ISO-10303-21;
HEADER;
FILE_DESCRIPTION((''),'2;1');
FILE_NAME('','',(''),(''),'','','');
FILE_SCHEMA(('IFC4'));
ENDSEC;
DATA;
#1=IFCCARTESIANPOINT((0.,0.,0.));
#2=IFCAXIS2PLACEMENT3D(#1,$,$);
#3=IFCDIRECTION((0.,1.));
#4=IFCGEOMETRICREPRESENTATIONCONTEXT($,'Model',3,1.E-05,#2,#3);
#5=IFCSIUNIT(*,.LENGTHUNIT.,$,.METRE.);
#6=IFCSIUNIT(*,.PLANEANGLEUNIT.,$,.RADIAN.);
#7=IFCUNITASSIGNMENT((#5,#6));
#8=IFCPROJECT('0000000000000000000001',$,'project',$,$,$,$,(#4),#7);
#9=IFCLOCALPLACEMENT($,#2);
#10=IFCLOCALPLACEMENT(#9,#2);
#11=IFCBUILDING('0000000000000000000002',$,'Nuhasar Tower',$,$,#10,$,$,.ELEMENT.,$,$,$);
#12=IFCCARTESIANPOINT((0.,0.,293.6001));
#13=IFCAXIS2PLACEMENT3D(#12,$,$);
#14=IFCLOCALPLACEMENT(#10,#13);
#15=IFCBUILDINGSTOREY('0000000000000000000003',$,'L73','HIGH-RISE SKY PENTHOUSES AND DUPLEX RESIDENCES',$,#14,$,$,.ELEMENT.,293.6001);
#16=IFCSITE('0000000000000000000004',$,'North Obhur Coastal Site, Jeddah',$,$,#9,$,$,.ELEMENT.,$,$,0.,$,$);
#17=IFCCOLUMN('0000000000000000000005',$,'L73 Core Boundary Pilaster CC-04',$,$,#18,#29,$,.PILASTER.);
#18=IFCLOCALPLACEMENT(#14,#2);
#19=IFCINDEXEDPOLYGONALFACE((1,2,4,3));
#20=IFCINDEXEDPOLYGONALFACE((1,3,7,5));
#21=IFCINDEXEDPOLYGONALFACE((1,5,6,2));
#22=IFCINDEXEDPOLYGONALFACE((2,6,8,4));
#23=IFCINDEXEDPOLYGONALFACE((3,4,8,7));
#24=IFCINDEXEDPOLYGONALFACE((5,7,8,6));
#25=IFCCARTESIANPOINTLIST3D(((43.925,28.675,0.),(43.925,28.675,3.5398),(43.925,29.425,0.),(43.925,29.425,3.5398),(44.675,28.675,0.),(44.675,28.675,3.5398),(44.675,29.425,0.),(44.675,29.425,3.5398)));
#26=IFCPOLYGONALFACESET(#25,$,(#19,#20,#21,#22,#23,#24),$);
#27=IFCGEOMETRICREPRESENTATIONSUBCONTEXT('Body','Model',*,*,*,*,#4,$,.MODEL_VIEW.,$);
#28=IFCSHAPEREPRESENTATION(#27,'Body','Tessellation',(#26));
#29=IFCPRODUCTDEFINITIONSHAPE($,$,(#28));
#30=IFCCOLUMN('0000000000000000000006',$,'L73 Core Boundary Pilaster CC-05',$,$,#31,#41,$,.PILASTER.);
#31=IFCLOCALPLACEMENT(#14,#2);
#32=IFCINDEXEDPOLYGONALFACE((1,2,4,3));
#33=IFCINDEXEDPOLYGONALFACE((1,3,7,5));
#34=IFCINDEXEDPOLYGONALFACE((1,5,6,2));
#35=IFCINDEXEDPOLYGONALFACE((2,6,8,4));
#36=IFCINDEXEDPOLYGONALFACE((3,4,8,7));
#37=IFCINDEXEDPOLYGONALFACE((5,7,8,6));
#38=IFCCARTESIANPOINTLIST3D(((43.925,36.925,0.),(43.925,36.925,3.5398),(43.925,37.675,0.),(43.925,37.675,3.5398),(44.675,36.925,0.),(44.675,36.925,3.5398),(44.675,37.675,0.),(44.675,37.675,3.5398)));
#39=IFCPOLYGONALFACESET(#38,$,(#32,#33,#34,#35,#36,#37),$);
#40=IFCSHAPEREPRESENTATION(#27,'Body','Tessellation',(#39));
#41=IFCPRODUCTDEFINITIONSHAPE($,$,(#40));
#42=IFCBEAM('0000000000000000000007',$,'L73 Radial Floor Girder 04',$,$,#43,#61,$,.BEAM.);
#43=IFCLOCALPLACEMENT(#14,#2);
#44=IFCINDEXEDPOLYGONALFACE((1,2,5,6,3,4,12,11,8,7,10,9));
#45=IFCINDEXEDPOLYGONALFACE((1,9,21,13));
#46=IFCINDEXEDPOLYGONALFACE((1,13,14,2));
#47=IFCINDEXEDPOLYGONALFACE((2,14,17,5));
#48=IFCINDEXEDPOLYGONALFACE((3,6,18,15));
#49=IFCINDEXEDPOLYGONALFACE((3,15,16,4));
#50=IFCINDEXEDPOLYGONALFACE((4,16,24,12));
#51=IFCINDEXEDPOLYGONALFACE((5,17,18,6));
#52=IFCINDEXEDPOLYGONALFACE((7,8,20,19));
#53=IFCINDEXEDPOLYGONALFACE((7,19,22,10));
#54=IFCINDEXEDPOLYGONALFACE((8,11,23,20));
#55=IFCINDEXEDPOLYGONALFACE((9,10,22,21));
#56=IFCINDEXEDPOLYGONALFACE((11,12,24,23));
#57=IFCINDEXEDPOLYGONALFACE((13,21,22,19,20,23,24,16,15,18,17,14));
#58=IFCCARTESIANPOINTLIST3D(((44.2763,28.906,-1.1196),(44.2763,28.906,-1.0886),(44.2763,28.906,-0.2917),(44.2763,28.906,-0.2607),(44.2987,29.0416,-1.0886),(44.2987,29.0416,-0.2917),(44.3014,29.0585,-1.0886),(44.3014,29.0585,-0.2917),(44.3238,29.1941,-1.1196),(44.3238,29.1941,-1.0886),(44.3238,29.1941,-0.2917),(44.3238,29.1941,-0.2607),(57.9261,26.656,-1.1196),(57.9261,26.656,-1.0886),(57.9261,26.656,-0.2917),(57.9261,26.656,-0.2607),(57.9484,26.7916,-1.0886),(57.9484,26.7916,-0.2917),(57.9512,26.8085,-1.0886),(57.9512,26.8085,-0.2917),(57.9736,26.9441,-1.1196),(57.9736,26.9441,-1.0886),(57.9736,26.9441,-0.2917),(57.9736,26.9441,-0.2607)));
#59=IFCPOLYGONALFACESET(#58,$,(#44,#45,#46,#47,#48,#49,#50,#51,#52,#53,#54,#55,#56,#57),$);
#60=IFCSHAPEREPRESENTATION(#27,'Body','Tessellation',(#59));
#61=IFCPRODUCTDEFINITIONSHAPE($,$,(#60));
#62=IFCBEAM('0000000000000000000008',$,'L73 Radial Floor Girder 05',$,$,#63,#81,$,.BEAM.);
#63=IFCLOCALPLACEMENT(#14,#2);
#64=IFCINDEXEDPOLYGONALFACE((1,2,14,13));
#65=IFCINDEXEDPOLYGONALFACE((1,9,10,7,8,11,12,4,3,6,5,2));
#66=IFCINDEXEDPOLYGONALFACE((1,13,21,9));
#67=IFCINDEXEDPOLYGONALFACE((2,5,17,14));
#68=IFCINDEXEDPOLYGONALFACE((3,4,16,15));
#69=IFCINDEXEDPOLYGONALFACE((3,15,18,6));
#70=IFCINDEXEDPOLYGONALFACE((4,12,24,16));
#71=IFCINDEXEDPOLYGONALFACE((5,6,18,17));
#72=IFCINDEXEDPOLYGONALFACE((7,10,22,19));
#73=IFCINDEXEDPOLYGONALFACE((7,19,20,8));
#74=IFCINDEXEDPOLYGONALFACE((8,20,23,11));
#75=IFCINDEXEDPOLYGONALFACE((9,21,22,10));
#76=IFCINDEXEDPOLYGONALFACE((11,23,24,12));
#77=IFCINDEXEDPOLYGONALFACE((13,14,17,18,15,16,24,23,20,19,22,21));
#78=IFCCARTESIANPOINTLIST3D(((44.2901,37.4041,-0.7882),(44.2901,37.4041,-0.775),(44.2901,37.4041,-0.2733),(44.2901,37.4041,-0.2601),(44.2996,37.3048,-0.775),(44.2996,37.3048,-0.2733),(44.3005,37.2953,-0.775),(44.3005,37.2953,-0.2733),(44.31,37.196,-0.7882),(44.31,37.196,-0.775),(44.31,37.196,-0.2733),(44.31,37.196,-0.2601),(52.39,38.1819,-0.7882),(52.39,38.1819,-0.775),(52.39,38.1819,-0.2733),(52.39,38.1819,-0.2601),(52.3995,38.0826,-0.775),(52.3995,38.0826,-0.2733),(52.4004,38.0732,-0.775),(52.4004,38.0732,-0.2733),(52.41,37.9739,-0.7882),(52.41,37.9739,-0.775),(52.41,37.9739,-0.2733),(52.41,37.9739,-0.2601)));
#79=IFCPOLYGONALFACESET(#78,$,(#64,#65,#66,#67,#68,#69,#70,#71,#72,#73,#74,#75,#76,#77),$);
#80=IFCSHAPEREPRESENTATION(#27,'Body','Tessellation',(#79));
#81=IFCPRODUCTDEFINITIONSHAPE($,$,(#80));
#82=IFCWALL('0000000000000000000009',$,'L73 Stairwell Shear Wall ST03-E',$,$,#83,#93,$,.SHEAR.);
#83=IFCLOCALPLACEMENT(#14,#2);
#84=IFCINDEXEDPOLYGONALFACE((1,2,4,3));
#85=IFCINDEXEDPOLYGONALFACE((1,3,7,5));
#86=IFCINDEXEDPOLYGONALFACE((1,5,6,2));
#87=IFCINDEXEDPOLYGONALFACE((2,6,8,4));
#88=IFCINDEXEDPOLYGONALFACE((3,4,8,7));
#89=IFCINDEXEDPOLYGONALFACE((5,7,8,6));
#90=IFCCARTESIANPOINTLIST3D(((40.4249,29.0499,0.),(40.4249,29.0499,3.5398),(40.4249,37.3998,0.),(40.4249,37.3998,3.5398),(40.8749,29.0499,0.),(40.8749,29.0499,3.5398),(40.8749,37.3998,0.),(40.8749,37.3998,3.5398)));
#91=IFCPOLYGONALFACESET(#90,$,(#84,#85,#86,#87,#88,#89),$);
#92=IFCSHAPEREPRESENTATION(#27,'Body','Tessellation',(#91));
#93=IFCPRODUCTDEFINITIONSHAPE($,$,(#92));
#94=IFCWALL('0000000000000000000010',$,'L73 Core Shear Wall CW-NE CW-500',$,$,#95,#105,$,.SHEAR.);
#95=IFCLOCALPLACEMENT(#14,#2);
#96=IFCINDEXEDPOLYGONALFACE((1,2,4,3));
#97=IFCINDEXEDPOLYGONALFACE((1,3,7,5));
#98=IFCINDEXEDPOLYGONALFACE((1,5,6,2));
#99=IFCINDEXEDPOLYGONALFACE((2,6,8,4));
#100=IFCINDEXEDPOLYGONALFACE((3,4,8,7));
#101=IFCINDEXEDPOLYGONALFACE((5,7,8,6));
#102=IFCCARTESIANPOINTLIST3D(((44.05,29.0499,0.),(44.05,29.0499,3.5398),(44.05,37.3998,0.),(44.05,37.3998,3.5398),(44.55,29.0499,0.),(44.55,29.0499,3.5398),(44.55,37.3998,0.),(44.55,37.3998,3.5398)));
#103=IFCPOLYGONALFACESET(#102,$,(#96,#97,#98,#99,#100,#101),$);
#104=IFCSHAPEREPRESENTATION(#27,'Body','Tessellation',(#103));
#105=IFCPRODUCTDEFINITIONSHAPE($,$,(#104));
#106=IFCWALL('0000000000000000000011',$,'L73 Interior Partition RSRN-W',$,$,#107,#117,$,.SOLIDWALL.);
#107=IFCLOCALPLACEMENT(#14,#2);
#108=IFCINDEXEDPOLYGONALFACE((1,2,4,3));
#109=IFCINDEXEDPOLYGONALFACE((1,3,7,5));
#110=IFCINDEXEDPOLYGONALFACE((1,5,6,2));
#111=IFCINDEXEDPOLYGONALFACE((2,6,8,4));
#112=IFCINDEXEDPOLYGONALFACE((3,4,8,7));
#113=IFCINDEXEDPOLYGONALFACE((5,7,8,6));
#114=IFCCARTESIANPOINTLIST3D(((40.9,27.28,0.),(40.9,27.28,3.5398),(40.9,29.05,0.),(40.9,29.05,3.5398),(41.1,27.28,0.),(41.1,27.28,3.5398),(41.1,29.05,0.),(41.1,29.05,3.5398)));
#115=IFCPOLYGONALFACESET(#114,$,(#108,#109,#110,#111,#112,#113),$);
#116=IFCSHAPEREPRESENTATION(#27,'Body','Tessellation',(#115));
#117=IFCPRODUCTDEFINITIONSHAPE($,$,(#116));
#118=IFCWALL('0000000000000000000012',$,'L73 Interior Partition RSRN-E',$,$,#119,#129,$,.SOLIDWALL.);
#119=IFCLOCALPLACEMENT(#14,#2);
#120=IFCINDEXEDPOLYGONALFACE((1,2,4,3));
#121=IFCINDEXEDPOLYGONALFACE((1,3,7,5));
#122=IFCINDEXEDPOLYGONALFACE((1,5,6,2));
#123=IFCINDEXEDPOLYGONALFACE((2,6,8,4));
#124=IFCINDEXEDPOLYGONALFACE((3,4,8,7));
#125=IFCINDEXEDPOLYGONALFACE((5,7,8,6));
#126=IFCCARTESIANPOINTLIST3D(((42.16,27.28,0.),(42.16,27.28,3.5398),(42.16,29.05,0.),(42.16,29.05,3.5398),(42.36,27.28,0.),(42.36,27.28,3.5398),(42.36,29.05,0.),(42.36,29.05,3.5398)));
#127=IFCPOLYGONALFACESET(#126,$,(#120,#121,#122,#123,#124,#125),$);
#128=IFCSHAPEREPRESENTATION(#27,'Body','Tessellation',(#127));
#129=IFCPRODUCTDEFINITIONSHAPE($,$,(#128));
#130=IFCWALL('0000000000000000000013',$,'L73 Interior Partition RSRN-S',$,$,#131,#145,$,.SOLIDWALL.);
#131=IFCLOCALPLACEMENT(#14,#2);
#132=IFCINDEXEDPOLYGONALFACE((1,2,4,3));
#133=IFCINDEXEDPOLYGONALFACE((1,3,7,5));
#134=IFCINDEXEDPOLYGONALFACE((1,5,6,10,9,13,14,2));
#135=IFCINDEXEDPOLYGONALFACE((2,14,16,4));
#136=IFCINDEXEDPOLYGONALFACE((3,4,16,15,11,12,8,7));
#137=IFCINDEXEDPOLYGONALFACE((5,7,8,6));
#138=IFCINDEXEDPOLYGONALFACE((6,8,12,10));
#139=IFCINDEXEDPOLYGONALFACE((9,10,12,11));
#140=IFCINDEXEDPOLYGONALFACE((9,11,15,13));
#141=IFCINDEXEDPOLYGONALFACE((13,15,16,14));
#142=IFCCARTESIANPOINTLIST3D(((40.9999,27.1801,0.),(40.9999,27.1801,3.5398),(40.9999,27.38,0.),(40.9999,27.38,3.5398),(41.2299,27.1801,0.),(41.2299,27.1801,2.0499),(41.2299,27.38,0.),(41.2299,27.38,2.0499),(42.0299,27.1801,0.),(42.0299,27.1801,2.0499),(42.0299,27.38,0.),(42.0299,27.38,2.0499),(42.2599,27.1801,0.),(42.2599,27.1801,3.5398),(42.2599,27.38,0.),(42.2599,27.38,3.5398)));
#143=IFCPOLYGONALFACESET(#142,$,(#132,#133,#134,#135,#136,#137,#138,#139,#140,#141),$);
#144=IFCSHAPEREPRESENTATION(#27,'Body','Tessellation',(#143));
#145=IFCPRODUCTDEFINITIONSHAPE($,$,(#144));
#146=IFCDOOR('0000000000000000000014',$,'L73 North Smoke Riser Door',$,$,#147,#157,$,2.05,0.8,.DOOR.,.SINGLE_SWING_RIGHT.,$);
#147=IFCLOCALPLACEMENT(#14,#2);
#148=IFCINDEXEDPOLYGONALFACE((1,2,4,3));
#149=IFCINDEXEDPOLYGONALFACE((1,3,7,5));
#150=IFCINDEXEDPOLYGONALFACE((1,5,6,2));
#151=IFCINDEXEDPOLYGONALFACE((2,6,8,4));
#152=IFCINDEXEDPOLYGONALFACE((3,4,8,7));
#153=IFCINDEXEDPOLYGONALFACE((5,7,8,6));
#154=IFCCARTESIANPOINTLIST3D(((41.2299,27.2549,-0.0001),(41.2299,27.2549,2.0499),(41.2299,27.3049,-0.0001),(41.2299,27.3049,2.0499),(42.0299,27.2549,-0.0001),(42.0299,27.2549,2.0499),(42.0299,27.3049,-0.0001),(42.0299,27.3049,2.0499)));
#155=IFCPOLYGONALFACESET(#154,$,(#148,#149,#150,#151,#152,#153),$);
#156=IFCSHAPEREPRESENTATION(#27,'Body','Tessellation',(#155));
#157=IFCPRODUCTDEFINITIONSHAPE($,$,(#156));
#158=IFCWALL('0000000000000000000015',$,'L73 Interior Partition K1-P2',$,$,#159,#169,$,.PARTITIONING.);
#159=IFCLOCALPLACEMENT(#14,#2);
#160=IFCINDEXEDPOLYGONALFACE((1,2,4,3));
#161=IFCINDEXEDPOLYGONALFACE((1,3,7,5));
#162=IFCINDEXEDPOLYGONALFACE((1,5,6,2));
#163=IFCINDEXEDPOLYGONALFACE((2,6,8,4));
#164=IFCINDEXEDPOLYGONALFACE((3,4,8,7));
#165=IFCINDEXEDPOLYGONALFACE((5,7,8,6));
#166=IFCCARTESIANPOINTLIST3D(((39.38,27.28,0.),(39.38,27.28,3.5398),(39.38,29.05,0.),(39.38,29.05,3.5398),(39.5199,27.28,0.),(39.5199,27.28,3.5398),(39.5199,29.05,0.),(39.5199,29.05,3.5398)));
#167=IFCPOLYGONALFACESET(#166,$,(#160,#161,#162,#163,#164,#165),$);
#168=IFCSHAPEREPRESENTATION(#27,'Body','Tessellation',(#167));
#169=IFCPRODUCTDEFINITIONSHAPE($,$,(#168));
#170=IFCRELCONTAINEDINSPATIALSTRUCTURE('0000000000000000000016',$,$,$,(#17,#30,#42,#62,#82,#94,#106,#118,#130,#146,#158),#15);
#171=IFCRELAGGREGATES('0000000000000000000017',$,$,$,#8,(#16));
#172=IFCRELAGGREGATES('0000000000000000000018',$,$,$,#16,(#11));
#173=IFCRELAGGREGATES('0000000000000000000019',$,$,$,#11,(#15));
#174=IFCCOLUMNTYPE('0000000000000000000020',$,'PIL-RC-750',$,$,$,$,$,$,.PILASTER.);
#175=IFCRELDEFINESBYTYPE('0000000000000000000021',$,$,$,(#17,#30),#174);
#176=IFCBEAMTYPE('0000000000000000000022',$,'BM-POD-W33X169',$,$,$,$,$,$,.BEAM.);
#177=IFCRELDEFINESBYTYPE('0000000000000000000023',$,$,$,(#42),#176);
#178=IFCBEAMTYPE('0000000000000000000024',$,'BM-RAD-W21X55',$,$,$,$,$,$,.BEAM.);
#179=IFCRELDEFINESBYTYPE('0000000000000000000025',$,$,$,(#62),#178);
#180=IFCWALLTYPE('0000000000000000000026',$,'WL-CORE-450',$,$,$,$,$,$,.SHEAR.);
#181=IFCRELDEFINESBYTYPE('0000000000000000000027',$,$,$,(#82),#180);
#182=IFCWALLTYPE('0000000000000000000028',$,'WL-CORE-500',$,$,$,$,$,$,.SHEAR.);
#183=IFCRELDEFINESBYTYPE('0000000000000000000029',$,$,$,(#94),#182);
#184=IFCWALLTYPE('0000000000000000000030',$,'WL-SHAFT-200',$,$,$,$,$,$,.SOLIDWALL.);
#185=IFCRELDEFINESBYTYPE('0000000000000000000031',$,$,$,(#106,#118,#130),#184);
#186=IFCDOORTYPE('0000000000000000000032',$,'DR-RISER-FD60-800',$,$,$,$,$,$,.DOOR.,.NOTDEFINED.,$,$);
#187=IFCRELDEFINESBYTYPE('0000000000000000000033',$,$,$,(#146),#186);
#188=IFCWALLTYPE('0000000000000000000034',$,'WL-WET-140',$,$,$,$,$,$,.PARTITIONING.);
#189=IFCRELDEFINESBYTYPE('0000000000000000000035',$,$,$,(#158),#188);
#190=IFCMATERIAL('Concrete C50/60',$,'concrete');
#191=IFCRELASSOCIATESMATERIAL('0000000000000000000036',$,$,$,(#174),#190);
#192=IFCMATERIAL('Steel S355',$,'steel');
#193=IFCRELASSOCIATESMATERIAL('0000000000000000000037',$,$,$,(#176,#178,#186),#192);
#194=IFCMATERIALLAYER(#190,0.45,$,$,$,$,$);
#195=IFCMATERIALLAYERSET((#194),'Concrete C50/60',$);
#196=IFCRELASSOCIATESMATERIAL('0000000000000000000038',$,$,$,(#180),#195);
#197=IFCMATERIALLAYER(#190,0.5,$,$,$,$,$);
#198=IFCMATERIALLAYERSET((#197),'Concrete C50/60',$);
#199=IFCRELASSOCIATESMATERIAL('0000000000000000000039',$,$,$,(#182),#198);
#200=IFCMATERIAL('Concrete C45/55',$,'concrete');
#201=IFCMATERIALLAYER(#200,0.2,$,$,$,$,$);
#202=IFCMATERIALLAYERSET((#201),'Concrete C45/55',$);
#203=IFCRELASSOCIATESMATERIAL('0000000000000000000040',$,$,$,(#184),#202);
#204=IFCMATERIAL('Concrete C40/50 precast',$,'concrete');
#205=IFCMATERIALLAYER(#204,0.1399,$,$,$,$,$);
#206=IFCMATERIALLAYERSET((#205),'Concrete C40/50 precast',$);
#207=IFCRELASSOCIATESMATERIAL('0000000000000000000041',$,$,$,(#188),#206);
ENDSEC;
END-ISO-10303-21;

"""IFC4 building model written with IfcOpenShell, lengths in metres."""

from ifc_helpers import new_model, si_unit, direction, frame, frame_2d, origin, origin_2d, place, context, subcontext, project, spatial, rectangle, i_section, extrude, material, layer, layer_set, material_profile, profile_set, type_object, element, fill, save


model = new_model("IFC4")

# Units and contexts
model_context = context("Model", 3, precision=1e-05, world=origin(), true_north=direction((0.0, 1.0)))
body_context = subcontext(model_context, "Body", "Model", "MODEL_VIEW")
ifc_project = project(units=[si_unit("LENGTHUNIT", "METRE"), si_unit("PLANEANGLEUNIT", "RADIAN")], contexts=[model_context])

# Site, building, storey
site_placement = place(None, origin())
site = spatial("IfcSite", under=ifc_project, at=site_placement, Name="North Obhur Coastal Site, Jeddah", CompositionType="ELEMENT", RefElevation=0.0)
building_placement = place(site_placement, origin())
building = spatial("IfcBuilding", under=site, at=building_placement, Name="Nuhasar Tower", CompositionType="ELEMENT")
storey_placement = place(building_placement, frame((0.0, 0.0, 293.6001)))
storey = spatial("IfcBuildingStorey", under=building, at=storey_placement, Name="L73", Description="HIGH-RISE SKY PENTHOUSES AND DUPLEX RESIDENCES", CompositionType="ELEMENT", Elevation=293.6001)

# Columns
ifc_material_1 = material(Name="Concrete C50/60", Category="concrete")
ifc_material_profile_1 = material_profile(ifc_material_1, rectangle(XDim=0.75, YDim=0.75, at=origin_2d()), Name="RC750X750")
ifc_profile_set_1 = profile_set([ifc_material_profile_1], Name="Concrete C50/60")
column_type = type_object("IfcColumnType", Name="PIL-RC-750", PredefinedType="PILASTER", material=ifc_profile_set_1)
for number, where, z_axis, x_axis, name in (
    (1, (44.3, 29.05, 0.0), (0.0, 0.0, 1.0), (1.0, 0.0, 0.0), "L73 Core Boundary Pilaster CC-04"),
    (2, (44.3, 37.3, 0.0), (0.0, 0.0, 1.0), (1.0, 0.0, 0.0), "L73 Core Boundary Pilaster CC-05"),
):
    element("IfcColumn", number, at=place(storey_placement, frame(where, z_axis=z_axis, x_axis=x_axis)), inside=storey, type_object=column_type, Name=name, PredefinedType="PILASTER", context=body_context, shape_type="SweptSolid", body=[
        extrude(rectangle(XDim=0.75, YDim=0.75, at=origin_2d()), origin(), (0.0, 0.0, 1.0), 3.5398),
    ])

# Beams
ifc_material_2 = material(Name="Steel S355", Category="steel")
ifc_material_profile_2 = material_profile(ifc_material_2, i_section(OverallWidth=0.292, OverallDepth=0.8589, WebThickness=0.0171, FlangeThickness=0.031, at=origin_2d()), Name="W33X169")
ifc_profile_set_2 = profile_set([ifc_material_profile_2], Name="Steel S355")
beam_type_1 = type_object("IfcBeamType", Name="BM-POD-W33X169", PredefinedType="BEAM", material=ifc_profile_set_2)
beam_1_placement = place(storey_placement, frame((44.3, 29.05, -0.6902), z_axis=(0.986685, -0.162642, 0.0), x_axis=(0.162642, 0.986685, 0.0)))
element("IfcBeam", 3, at=beam_1_placement, inside=storey, type_object=beam_type_1, Name="L73 Radial Floor Girder 04", PredefinedType="BEAM", context=body_context, shape_type="SweptSolid", body=[
    extrude(i_section(OverallWidth=0.292, OverallDepth=0.8589, WebThickness=0.0171, FlangeThickness=0.031, at=origin_2d()), origin(), (0.0, 0.0, 1.0), 13.834),
])
ifc_material_profile_3 = material_profile(ifc_material_2, i_section(OverallWidth=0.209, OverallDepth=0.5281, WebThickness=0.0095, FlangeThickness=0.0132, at=origin_2d()), Name="W21X55")
ifc_profile_set_3 = profile_set([ifc_material_profile_3], Name="Steel S355")
beam_type_2 = type_object("IfcBeamType", Name="BM-RAD-W21X55", PredefinedType="BEAM", material=ifc_profile_set_3)
beam_2_placement = place(storey_placement, frame((44.3, 37.3, -0.5242), z_axis=(0.995421, 0.095591, 0.0), x_axis=(-0.095591, 0.995421, 0.0)))
element("IfcBeam", 4, at=beam_2_placement, inside=storey, type_object=beam_type_2, Name="L73 Radial Floor Girder 05", PredefinedType="BEAM", context=body_context, shape_type="SweptSolid", body=[
    extrude(i_section(OverallWidth=0.209, OverallDepth=0.5281, WebThickness=0.0095, FlangeThickness=0.0132, at=origin_2d()), origin(), (0.0, 0.0, 1.0), 8.1372),
])

# Shared definitions
ifc_layer_1 = layer(ifc_material_1, 0.45)
ifc_layer_set_1 = layer_set([ifc_layer_1], Name="Concrete C50/60")
wall_type_1 = type_object("IfcWallType", Name="WL-CORE-450", PredefinedType="SHEAR", material=ifc_layer_set_1)

# Walls
wall_1_placement = place(storey_placement, frame((40.6499, 29.05, 0.0), z_axis=(0.0, 0.0, 1.0), x_axis=(0.0, 1.0, 0.0)))
element("IfcWall", 5, at=wall_1_placement, inside=storey, type_object=wall_type_1, Name="L73 Stairwell Shear Wall ST03-E", PredefinedType="SHEAR", context=body_context, shape_type="SweptSolid", body=[
    extrude(rectangle(XDim=8.3499, YDim=0.45, at=frame_2d((4.1748, 0.0))), origin(), (0.0, 0.0, 1.0), 3.5398),
])
ifc_layer_2 = layer(ifc_material_1, 0.5)
ifc_layer_set_2 = layer_set([ifc_layer_2], Name="Concrete C50/60")
wall_type_2 = type_object("IfcWallType", Name="WL-CORE-500", PredefinedType="SHEAR", material=ifc_layer_set_2)
wall_2_placement = place(storey_placement, frame((44.3, 29.05, 0.0), z_axis=(0.0, 0.0, 1.0), x_axis=(0.0, 1.0, 0.0)))
element("IfcWall", 6, at=wall_2_placement, inside=storey, type_object=wall_type_2, Name="L73 Core Shear Wall CW-NE CW-500", PredefinedType="SHEAR", context=body_context, shape_type="SweptSolid", body=[
    extrude(rectangle(XDim=8.3499, YDim=0.5, at=frame_2d((4.1748, 0.0))), origin(), (0.0, 0.0, 1.0), 3.5398),
])
ifc_material_3 = material(Name="Concrete C45/55", Category="concrete")
ifc_layer_3 = layer(ifc_material_3, 0.2)
ifc_layer_set_3 = layer_set([ifc_layer_3], Name="Concrete C45/55")
wall_type_3 = type_object("IfcWallType", Name="WL-SHAFT-200", PredefinedType="SOLIDWALL", material=ifc_layer_set_3)
for number, where, z_axis, x_axis, name in (
    (7, (41.0, 27.28, 0.0), (0.0, 0.0, 1.0), (0.0, 1.0, 0.0), "L73 Interior Partition RSRN-W"),
    (8, (42.26, 27.28, 0.0), (0.0, 0.0, 1.0), (0.0, 1.0, 0.0), "L73 Interior Partition RSRN-E"),
):
    element("IfcWall", number, at=place(storey_placement, frame(where, z_axis=z_axis, x_axis=x_axis)), inside=storey, type_object=wall_type_3, Name=name, PredefinedType="SOLIDWALL", context=body_context, shape_type="SweptSolid", body=[
        extrude(rectangle(XDim=1.77, YDim=0.2, at=frame_2d((0.885, 0.0))), origin(), (0.0, 0.0, 1.0), 3.5398),
    ])

# Wall, opening, door
wall_3_placement = place(storey_placement, frame((41.0, 27.28, 0.0), z_axis=(0.0, 0.0, 1.0), x_axis=(1.0, 0.0, 0.0)))
wall_3 = element("IfcWall", 9, at=wall_3_placement, inside=storey, type_object=wall_type_3, Name="L73 Interior Partition RSRN-S", PredefinedType="SOLIDWALL", context=body_context, shape_type="SweptSolid", body=[
    extrude(rectangle(XDim=1.26, YDim=0.2, at=frame_2d((0.6299, 0.0))), origin(), (0.0, 0.0, 1.0), 3.5398),
])
opening_1_placement = place(wall_3_placement, frame((0.23, 0.0, 0.0)))
opening_1 = element("IfcOpeningElement", 10, at=opening_1_placement, cuts=wall_3, PredefinedType="OPENING", context=body_context, shape_type="SweptSolid", body=[
    extrude(rectangle(XDim=0.8, YDim=2.05, at=frame_2d((0.3999, 1.0249))), frame((0.0, 0.1099, 0.0), z_axis=(0.0, -1.0, 0.0), x_axis=(1.0, 0.0, 0.0)), (0.0, 0.0, 1.0), 0.22),
])
door_type_1 = type_object("IfcDoorType", Name="DR-RISER-FD60-800", OperationType="NOTDEFINED", PredefinedType="DOOR", material=ifc_material_2)
door_1_placement = place(opening_1_placement, origin())
door_1 = element("IfcDoor", 11, at=door_1_placement, inside=storey, type_object=door_type_1, Name="L73 North Smoke Riser Door", OperationType="SINGLE_SWING_RIGHT", OverallHeight=2.05, OverallWidth=0.8, PredefinedType="DOOR", context=body_context, shape_type="SweptSolid", body=[
    extrude(rectangle(XDim=0.8, YDim=2.05, at=frame_2d((0.3999, 1.0249))), frame((0.0, 0.0249, 0.0), z_axis=(0.0, -1.0, 0.0), x_axis=(1.0, 0.0, 0.0)), (0.0, 0.0, 1.0), 0.05),
])
fill(opening_1, door_1)

# Wall
ifc_material_4 = material(Name="Concrete C40/50 precast", Category="concrete")
ifc_layer_4 = layer(ifc_material_4, 0.1399)
ifc_layer_set_4 = layer_set([ifc_layer_4], Name="Concrete C40/50 precast")
wall_type_4 = type_object("IfcWallType", Name="WL-WET-140", PredefinedType="PARTITIONING", material=ifc_layer_set_4)
wall_4_placement = place(storey_placement, frame((39.45, 27.28, 0.0), z_axis=(0.0, 0.0, 1.0), x_axis=(0.0, 1.0, 0.0)))
element("IfcWall", 12, at=wall_4_placement, inside=storey, type_object=wall_type_4, Name="L73 Interior Partition K1-P2", PredefinedType="PARTITIONING", context=body_context, shape_type="SweptSolid", body=[
    extrude(rectangle(XDim=1.77, YDim=0.1399, at=frame_2d((0.885, 0.0))), origin(), (0.0, 0.0, 1.0), 3.5398),
])

save(model, "model.ifc")
